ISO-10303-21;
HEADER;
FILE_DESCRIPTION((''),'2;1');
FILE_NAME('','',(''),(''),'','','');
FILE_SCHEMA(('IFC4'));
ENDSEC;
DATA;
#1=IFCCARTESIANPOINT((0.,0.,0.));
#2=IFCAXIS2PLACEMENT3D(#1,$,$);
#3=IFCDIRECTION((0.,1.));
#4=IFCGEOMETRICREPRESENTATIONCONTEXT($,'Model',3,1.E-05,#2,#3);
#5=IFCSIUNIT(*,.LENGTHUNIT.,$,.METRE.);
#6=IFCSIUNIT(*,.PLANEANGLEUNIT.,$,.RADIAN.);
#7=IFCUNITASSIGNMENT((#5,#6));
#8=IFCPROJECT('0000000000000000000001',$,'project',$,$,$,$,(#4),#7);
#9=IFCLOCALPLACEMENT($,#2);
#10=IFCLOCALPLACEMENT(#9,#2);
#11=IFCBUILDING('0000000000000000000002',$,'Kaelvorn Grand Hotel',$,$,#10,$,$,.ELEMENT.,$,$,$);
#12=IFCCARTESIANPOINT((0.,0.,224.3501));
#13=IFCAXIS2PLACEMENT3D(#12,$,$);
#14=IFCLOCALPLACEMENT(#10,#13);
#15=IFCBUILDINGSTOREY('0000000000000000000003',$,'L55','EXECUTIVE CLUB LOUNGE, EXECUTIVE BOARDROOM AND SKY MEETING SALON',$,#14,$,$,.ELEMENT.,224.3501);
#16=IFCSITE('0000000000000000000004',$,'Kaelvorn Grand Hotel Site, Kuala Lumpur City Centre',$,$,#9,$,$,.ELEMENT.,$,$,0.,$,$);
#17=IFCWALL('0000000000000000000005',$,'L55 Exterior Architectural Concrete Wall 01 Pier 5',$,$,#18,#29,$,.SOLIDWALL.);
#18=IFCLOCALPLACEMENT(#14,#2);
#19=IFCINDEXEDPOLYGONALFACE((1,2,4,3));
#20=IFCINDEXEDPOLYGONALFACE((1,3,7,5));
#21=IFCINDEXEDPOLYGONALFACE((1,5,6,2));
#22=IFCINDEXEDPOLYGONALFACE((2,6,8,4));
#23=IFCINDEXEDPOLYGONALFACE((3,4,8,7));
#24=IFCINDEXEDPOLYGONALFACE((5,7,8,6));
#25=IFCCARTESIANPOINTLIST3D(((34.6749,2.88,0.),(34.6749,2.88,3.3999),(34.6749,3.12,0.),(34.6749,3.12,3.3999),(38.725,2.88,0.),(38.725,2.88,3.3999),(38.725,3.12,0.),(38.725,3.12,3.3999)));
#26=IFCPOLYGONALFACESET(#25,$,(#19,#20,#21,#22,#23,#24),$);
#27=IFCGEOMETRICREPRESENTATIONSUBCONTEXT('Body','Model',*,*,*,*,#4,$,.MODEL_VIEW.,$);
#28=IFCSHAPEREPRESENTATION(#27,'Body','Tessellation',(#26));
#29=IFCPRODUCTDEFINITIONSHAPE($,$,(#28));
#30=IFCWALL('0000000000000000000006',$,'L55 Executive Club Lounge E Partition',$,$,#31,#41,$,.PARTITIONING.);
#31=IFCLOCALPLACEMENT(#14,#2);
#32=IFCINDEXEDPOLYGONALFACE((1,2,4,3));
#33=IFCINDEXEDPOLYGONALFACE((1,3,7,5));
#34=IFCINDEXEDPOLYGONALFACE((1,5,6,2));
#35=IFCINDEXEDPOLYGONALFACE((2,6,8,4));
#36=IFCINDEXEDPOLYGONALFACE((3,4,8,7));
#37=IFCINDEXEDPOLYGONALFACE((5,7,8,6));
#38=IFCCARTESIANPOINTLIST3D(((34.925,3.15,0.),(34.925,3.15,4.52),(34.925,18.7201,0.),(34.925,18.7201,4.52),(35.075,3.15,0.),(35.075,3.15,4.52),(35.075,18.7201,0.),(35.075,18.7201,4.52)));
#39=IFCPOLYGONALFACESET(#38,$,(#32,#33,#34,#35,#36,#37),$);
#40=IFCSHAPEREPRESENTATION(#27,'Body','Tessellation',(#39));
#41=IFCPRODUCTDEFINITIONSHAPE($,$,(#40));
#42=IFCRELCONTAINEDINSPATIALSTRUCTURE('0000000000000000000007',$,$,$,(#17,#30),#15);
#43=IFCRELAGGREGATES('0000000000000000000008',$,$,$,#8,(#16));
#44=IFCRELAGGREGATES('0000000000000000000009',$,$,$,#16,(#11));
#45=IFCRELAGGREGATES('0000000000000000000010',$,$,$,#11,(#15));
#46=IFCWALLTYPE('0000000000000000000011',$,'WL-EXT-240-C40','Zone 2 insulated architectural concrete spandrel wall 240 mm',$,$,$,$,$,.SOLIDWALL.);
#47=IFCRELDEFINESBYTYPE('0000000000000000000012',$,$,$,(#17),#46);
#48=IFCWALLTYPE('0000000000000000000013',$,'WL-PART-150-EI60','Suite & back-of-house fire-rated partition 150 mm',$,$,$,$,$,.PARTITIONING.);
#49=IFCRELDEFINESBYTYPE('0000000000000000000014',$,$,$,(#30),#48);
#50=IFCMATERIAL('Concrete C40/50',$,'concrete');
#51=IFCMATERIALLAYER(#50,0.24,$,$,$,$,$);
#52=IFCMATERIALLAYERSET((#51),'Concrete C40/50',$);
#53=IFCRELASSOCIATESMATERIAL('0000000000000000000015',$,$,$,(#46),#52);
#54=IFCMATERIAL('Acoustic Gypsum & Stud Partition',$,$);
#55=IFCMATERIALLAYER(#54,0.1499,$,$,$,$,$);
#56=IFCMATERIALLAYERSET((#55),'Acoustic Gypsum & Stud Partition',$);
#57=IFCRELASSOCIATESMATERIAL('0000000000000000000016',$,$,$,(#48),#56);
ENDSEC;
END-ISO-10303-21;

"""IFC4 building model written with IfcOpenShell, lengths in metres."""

from ifc_helpers import new_model, si_unit, direction, frame, frame_2d, origin, place, context, subcontext, project, spatial, rectangle, extrude, material, layer, layer_set, type_object, element, save


model = new_model("IFC4")

# Units and contexts
model_context = context("Model", 3, precision=1e-05, world=origin(), true_north=direction((0.0, 1.0)))
body_context = subcontext(model_context, "Body", "Model", "MODEL_VIEW")
ifc_project = project(units=[si_unit("LENGTHUNIT", "METRE"), si_unit("PLANEANGLEUNIT", "RADIAN")], contexts=[model_context])

# Site, building, storey
site_placement = place(None, origin())
site = spatial("IfcSite", under=ifc_project, at=site_placement, Name="Kaelvorn Grand Hotel Site, Kuala Lumpur City Centre", CompositionType="ELEMENT", RefElevation=0.0)
building_placement = place(site_placement, origin())
building = spatial("IfcBuilding", under=site, at=building_placement, Name="Kaelvorn Grand Hotel", CompositionType="ELEMENT")
storey_placement = place(building_placement, frame((0.0, 0.0, 224.3501)))
storey = spatial("IfcBuildingStorey", under=building, at=storey_placement, Name="L55", Description="EXECUTIVE CLUB LOUNGE, EXECUTIVE BOARDROOM AND SKY MEETING SALON", CompositionType="ELEMENT", Elevation=224.3501)

# Walls
ifc_material_1 = material(Name="Concrete C40/50", Category="concrete")
ifc_layer_1 = layer(ifc_material_1, 0.24)
ifc_layer_set_1 = layer_set([ifc_layer_1], Name="Concrete C40/50")
wall_type_1 = type_object("IfcWallType", Name="WL-EXT-240-C40", Description="Zone 2 insulated architectural concrete spandrel wall 240 mm", PredefinedType="SOLIDWALL", material=ifc_layer_set_1)
wall_1_placement = place(storey_placement, frame((34.675, 3.0, 0.0), z_axis=(0.0, 0.0, 1.0), x_axis=(1.0, 0.0, 0.0)))
element("IfcWall", 1, at=wall_1_placement, inside=storey, type_object=wall_type_1, Name="L55 Exterior Architectural Concrete Wall 01 Pier 5", PredefinedType="SOLIDWALL", context=body_context, shape_type="SweptSolid", body=[
    extrude(rectangle(XDim=4.05, YDim=0.24, at=frame_2d((2.0249, 0.0))), origin(), (0.0, 0.0, 1.0), 3.3999),
])
ifc_material_2 = material(Name="Acoustic Gypsum & Stud Partition")
ifc_layer_2 = layer(ifc_material_2, 0.1499)
ifc_layer_set_2 = layer_set([ifc_layer_2], Name="Acoustic Gypsum & Stud Partition")
wall_type_2 = type_object("IfcWallType", Name="WL-PART-150-EI60", Description="Suite & back-of-house fire-rated partition 150 mm", PredefinedType="PARTITIONING", material=ifc_layer_set_2)
wall_2_placement = place(storey_placement, frame((35.0, 3.1499, 0.0), z_axis=(0.0, 0.0, 1.0), x_axis=(0.0, 1.0, 0.0)))
element("IfcWall", 2, at=wall_2_placement, inside=storey, type_object=wall_type_2, Name="L55 Executive Club Lounge E Partition", PredefinedType="PARTITIONING", context=body_context, shape_type="SweptSolid", body=[
    extrude(rectangle(XDim=15.5701, YDim=0.1499, at=frame_2d((7.7852, 0.0))), origin(), (0.0, 0.0, 1.0), 4.52),
])

save(model, "model.ifc")
